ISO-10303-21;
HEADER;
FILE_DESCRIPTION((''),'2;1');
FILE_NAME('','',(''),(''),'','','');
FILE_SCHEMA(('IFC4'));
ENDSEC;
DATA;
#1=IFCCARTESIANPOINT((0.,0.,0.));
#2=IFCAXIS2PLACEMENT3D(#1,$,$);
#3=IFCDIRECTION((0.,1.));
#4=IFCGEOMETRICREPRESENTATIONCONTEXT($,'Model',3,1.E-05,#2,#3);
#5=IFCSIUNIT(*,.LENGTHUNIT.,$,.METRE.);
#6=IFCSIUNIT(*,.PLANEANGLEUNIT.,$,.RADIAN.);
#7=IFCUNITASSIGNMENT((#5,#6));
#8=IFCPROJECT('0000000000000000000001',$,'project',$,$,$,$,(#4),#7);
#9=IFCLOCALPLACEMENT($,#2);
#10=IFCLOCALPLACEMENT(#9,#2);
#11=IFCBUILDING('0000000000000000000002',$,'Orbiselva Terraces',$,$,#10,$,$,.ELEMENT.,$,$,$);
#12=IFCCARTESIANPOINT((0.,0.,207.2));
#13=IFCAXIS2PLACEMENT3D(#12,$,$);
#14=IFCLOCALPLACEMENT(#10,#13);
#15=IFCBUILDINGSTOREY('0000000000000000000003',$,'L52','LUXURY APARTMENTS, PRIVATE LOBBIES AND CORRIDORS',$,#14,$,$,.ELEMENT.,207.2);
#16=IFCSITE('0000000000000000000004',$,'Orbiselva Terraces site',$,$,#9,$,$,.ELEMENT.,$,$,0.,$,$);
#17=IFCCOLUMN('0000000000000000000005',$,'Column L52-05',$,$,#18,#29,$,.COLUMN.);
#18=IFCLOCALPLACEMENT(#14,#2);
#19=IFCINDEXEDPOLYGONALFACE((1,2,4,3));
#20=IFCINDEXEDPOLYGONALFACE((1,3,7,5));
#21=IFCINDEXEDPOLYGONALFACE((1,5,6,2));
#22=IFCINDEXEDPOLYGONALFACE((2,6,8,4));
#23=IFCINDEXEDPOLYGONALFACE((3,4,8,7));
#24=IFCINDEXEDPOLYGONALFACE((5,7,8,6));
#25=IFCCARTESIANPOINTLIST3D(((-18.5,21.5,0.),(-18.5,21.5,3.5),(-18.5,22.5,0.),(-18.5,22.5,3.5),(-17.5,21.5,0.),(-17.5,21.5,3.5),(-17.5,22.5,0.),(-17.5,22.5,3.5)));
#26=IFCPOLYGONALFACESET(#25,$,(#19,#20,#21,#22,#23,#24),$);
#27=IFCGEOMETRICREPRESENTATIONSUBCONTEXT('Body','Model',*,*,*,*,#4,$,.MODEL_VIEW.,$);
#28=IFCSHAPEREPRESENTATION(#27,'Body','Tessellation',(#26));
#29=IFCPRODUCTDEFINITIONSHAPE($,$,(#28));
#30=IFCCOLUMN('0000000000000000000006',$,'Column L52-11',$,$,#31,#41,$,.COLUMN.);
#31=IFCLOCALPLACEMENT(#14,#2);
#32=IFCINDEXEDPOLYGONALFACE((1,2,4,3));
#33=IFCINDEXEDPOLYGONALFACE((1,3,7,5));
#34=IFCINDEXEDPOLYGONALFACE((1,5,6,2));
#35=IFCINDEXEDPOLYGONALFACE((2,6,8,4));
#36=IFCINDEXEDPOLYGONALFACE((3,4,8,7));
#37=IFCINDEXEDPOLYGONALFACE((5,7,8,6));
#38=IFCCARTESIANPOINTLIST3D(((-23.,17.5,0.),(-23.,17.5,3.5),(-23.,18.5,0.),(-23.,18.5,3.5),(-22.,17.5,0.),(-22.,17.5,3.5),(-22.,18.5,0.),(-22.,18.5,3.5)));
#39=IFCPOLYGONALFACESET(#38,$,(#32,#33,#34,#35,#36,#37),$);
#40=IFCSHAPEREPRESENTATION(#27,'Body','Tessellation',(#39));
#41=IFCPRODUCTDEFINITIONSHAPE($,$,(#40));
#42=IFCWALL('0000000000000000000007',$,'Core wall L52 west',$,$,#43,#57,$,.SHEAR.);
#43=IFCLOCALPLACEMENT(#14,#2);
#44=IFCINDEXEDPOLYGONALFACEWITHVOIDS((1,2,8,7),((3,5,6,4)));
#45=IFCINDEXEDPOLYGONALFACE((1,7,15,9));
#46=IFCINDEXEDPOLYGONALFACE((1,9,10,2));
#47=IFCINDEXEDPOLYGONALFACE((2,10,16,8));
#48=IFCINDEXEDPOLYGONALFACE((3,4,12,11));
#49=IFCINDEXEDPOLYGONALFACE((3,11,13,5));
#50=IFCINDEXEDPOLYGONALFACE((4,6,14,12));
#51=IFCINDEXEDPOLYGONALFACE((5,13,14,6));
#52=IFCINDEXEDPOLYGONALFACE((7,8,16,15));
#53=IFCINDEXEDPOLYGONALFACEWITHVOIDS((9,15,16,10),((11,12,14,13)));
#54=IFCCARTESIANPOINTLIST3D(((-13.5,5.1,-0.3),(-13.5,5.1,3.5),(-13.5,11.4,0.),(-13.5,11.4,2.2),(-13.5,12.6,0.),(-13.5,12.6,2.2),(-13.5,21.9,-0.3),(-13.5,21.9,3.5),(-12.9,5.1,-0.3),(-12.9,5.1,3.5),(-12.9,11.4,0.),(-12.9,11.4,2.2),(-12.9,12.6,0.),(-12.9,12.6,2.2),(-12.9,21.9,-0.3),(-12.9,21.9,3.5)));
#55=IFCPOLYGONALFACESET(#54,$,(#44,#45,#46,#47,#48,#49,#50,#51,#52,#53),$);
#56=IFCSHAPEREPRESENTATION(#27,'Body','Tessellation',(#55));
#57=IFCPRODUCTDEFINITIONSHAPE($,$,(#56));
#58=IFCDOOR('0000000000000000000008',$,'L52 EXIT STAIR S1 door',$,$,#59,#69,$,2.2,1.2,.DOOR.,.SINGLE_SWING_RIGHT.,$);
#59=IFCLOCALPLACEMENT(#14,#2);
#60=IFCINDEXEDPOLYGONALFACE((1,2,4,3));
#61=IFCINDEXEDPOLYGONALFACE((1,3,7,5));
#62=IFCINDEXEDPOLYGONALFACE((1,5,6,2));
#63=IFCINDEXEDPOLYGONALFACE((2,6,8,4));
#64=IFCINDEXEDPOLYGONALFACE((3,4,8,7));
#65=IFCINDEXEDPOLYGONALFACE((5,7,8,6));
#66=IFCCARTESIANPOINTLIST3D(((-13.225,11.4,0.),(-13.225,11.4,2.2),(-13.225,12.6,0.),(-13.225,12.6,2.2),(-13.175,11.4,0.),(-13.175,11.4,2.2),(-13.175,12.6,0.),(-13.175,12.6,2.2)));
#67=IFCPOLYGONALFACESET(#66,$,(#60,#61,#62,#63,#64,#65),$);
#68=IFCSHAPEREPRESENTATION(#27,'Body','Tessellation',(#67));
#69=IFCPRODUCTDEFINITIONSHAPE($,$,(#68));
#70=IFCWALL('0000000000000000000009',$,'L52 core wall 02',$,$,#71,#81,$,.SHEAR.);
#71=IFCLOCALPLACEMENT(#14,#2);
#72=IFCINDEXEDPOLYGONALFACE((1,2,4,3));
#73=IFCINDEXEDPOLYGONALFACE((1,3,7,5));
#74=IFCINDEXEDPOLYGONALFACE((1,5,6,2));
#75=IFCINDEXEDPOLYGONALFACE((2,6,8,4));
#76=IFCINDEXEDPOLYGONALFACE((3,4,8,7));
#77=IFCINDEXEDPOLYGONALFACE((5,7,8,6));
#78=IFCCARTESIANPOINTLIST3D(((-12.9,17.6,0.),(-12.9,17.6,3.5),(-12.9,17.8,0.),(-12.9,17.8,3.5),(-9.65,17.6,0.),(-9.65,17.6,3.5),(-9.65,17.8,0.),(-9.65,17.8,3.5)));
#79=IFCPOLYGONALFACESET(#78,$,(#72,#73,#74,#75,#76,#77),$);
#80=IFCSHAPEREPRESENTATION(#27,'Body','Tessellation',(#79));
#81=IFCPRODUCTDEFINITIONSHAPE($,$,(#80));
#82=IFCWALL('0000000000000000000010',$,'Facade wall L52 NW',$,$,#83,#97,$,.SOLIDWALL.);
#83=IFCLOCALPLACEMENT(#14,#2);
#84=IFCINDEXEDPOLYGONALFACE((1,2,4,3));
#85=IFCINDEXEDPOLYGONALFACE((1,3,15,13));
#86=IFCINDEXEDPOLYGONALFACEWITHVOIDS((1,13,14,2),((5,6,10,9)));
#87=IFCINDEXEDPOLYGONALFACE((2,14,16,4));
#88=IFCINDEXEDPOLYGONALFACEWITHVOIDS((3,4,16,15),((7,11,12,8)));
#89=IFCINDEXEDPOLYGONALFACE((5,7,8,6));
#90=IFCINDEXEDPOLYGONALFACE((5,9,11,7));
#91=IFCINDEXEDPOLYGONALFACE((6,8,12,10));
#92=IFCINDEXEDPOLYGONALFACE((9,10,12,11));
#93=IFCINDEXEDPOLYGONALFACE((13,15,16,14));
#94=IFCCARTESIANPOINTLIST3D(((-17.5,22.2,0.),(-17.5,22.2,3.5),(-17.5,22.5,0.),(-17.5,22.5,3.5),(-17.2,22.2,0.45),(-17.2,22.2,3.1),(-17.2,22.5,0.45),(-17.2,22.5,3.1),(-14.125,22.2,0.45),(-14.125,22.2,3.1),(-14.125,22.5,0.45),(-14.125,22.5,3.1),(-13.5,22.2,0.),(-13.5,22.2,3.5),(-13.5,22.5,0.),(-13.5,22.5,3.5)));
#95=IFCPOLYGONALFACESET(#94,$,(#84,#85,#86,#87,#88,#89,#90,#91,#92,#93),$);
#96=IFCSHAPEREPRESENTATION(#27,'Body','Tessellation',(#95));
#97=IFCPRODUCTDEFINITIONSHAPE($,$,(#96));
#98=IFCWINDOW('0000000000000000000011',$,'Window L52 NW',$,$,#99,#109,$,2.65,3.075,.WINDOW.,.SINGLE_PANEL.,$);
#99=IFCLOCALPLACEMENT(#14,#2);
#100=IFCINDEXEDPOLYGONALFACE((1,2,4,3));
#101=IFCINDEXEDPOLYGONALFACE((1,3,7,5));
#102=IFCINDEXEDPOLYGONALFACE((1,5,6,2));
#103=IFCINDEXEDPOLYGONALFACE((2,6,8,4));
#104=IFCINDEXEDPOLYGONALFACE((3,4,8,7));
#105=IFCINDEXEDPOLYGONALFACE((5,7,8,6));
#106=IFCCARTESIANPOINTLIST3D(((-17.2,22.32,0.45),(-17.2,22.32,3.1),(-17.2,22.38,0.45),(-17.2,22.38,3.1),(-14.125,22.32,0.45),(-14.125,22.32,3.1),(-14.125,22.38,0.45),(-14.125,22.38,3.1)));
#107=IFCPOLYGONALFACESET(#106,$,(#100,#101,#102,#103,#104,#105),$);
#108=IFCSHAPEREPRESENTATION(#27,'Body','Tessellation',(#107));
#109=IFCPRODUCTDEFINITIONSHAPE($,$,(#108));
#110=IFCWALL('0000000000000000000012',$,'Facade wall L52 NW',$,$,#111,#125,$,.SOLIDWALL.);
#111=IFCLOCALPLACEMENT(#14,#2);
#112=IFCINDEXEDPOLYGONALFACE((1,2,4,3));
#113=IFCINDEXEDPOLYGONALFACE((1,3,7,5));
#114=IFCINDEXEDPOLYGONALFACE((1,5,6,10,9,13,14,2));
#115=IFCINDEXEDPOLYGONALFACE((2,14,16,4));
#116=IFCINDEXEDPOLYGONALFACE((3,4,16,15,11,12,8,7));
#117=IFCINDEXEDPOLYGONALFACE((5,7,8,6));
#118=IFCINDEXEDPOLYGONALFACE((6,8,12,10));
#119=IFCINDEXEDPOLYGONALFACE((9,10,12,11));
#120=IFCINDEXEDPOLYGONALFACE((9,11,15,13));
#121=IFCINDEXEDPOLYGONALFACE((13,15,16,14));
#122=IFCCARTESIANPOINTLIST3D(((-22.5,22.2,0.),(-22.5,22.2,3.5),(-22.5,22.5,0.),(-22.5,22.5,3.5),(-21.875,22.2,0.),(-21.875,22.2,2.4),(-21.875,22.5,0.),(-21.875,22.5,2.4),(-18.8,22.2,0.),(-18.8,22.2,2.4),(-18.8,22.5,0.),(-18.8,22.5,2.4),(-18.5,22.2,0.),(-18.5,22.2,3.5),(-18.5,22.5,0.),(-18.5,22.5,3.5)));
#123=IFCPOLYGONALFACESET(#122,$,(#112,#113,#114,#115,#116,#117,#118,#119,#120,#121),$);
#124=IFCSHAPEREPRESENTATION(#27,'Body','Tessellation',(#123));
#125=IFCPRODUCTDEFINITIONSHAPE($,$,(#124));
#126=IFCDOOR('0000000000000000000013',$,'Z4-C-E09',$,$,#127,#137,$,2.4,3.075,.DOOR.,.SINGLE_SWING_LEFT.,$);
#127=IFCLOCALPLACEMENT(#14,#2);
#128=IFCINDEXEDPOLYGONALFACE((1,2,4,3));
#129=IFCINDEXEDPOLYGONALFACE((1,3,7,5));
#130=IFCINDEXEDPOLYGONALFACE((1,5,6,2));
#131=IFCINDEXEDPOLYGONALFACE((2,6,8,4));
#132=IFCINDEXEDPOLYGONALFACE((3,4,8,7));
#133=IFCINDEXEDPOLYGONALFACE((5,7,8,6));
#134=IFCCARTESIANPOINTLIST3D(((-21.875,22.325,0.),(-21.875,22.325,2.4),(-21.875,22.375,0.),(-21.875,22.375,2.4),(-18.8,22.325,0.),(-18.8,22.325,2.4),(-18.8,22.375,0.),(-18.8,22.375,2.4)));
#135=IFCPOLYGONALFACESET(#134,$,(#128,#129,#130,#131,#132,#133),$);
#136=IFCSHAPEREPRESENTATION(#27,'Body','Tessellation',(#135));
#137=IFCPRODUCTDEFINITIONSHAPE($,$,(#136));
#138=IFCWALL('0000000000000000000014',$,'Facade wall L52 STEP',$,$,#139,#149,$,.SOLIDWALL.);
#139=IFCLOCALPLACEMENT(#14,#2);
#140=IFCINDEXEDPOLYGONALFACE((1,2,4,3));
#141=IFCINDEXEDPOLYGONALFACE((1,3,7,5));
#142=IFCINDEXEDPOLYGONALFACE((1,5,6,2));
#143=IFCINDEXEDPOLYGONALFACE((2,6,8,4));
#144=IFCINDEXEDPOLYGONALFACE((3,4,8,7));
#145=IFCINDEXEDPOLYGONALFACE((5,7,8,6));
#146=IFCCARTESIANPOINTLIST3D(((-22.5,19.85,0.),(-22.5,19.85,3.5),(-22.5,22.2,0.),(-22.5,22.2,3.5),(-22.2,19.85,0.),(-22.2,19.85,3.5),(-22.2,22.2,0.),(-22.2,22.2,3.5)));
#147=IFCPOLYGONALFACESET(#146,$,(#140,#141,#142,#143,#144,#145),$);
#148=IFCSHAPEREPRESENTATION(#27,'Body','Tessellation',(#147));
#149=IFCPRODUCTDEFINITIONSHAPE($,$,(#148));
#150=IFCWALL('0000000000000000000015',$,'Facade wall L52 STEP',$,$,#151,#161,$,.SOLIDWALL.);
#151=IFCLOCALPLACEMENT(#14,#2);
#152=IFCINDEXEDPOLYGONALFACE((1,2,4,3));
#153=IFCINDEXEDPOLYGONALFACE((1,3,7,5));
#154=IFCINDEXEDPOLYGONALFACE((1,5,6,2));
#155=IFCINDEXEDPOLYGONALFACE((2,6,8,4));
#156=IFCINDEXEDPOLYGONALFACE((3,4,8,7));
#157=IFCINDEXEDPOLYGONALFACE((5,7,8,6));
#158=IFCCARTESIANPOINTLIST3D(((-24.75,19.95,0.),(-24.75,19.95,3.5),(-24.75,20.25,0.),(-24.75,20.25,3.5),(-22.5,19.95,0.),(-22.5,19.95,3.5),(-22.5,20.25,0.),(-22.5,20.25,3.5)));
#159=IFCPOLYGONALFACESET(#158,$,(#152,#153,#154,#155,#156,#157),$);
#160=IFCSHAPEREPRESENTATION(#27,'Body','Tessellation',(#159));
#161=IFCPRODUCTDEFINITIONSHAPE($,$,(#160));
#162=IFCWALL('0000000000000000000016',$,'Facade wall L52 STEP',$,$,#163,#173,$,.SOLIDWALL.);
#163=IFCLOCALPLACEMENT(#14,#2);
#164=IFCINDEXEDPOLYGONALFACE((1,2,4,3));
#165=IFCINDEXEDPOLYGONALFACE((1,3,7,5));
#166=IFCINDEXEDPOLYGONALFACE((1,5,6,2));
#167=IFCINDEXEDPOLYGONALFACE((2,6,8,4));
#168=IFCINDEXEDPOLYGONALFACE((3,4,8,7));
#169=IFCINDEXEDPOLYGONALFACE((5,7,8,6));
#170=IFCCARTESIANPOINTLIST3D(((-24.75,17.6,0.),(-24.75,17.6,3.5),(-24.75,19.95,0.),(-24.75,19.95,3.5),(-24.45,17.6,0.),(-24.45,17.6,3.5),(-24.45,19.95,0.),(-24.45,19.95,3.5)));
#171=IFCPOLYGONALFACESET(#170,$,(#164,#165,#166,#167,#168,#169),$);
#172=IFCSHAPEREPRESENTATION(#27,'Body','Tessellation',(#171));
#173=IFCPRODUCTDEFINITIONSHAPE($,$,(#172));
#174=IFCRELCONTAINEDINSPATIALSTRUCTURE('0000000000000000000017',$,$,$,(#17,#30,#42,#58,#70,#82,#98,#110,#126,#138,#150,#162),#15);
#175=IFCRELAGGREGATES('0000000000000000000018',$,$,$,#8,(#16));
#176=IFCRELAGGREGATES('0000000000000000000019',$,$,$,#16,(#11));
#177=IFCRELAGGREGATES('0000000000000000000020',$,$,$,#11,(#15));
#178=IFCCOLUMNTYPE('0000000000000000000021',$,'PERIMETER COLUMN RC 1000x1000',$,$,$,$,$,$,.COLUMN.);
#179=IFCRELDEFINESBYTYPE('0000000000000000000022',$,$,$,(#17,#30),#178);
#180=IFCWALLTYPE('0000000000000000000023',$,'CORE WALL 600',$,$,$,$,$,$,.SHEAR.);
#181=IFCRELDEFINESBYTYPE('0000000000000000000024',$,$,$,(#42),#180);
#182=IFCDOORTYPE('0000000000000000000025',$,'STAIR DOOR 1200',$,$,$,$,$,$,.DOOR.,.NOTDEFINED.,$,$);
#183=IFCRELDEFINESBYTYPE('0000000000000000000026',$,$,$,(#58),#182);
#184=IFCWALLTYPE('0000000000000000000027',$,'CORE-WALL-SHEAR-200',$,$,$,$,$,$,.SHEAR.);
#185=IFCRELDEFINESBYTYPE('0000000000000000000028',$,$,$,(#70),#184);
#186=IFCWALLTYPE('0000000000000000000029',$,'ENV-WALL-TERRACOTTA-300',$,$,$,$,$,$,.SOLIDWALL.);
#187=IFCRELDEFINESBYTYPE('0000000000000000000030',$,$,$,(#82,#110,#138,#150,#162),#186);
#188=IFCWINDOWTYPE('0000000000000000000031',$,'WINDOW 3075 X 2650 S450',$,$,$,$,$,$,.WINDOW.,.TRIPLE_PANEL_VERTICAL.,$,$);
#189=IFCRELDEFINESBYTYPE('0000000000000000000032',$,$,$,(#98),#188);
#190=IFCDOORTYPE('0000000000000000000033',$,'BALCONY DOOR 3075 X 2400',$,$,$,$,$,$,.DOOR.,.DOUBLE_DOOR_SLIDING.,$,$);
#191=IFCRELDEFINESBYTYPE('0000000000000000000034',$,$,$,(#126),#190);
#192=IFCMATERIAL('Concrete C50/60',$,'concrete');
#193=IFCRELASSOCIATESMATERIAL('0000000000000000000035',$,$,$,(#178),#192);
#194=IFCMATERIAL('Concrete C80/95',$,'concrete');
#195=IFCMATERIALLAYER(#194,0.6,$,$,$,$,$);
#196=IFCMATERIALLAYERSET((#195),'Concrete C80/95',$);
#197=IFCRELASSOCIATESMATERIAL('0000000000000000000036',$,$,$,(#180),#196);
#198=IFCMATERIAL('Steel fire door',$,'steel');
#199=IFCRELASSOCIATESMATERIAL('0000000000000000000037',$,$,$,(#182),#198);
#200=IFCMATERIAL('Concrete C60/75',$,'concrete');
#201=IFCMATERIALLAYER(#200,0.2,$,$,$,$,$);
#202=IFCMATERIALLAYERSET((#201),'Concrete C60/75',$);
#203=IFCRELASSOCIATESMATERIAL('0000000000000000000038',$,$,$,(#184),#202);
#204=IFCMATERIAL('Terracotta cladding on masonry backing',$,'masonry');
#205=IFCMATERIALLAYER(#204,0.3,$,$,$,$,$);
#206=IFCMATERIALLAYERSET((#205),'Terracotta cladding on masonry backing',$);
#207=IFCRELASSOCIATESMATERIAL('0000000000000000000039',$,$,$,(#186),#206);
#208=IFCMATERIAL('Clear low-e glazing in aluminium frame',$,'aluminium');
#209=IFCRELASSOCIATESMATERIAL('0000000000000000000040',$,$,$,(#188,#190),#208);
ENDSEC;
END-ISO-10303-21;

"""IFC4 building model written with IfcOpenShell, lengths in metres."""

from ifc_helpers import new_model, si_unit, direction, frame, frame_2d, origin, origin_2d, place, context, subcontext, project, spatial, rectangle, extrude, material, layer, layer_set, material_profile, profile_set, type_object, element, fill, save


model = new_model("IFC4")

# Units and contexts
model_context = context("Model", 3, precision=1e-05, world=origin(), true_north=direction((0.0, 1.0)))
body_context = subcontext(model_context, "Body", "Model", "MODEL_VIEW")
ifc_project = project(units=[si_unit("LENGTHUNIT", "METRE"), si_unit("PLANEANGLEUNIT", "RADIAN")], contexts=[model_context])

# Site, building, storey
site_placement = place(None, origin())
site = spatial("IfcSite", under=ifc_project, at=site_placement, Name="Orbiselva Terraces site", CompositionType="ELEMENT", RefElevation=0.0)
building_placement = place(site_placement, origin())
building = spatial("IfcBuilding", under=site, at=building_placement, Name="Orbiselva Terraces", CompositionType="ELEMENT")
storey_placement = place(building_placement, frame((0.0, 0.0, 207.2)))
storey = spatial("IfcBuildingStorey", under=building, at=storey_placement, Name="L52", Description="LUXURY APARTMENTS, PRIVATE LOBBIES AND CORRIDORS", CompositionType="ELEMENT", Elevation=207.2)

# Columns
ifc_material_1 = material(Name="Concrete C50/60", Category="concrete")
ifc_material_profile = material_profile(ifc_material_1, rectangle(XDim=1.0, YDim=1.0, at=origin_2d()), Name="RC 1000x1000")
ifc_profile_set = profile_set([ifc_material_profile], Name="Concrete C50/60")
column_type = type_object("IfcColumnType", Name="PERIMETER COLUMN RC 1000x1000", PredefinedType="COLUMN", material=ifc_profile_set)
for number, where, z_axis, x_axis, name in (
    (1, (-18.0, 22.0, 0.0), (0.0, 0.0, 1.0), (1.0, 0.0, 0.0), "Column L52-05"),
    (2, (-22.5, 18.0, 0.0), (0.0, 0.0, 1.0), (1.0, 0.0, 0.0), "Column L52-11"),
):
    element("IfcColumn", number, at=place(storey_placement, frame(where, z_axis=z_axis, x_axis=x_axis)), inside=storey, type_object=column_type, Name=name, PredefinedType="COLUMN", context=body_context, shape_type="SweptSolid", body=[
        extrude(rectangle(XDim=1.0, YDim=1.0, at=origin_2d()), origin(), (0.0, 0.0, 1.0), 3.5),
    ])

# Wall, opening, door
ifc_material_2 = material(Name="Concrete C80/95", Category="concrete")
ifc_layer_1 = layer(ifc_material_2, 0.6)
ifc_layer_set_1 = layer_set([ifc_layer_1], Name="Concrete C80/95")
wall_type_1 = type_object("IfcWallType", Name="CORE WALL 600", PredefinedType="SHEAR", material=ifc_layer_set_1)
wall_1_placement = place(storey_placement, frame((-13.2, 21.9, -0.3), z_axis=(0.0, 0.0, 1.0), x_axis=(0.0, -1.0, 0.0)))
wall_1 = element("IfcWall", 3, at=wall_1_placement, inside=storey, type_object=wall_type_1, Name="Core wall L52 west", PredefinedType="SHEAR", context=body_context, shape_type="SweptSolid", body=[
    extrude(rectangle(XDim=16.8, YDim=0.6, at=frame_2d((8.4, 0.0))), origin(), (0.0, 0.0, 1.0), 3.8),
])
opening_1_placement = place(wall_1_placement, frame((9.3, 0.0, 0.3)))
opening_1 = element("IfcOpeningElement", 4, at=opening_1_placement, cuts=wall_1, PredefinedType="OPENING", context=body_context, shape_type="SweptSolid", body=[
    extrude(rectangle(XDim=1.2, YDim=2.2, at=frame_2d((0.6, 1.1))), frame((0.0, 0.31, 0.0), z_axis=(0.0, -1.0, 0.0), x_axis=(1.0, 0.0, 0.0)), (0.0, 0.0, 1.0), 0.62),
])
ifc_material_3 = material(Name="Steel fire door", Category="steel")
door_type_1 = type_object("IfcDoorType", Name="STAIR DOOR 1200", OperationType="NOTDEFINED", PredefinedType="DOOR", material=ifc_material_3)
door_1_placement = place(opening_1_placement, frame((1.2, 0.0, 0.0), z_axis=(0.0, 0.0, 1.0), x_axis=(-1.0, 0.0, 0.0)))
door_1 = element("IfcDoor", 5, at=door_1_placement, inside=storey, type_object=door_type_1, Name="L52 EXIT STAIR S1 door", OperationType="SINGLE_SWING_RIGHT", OverallHeight=2.2, OverallWidth=1.2, PredefinedType="DOOR", context=body_context, shape_type="SweptSolid", body=[
    extrude(rectangle(XDim=1.2, YDim=2.2, at=frame_2d((0.6, 1.1))), frame((0.0, 0.025, 0.0), z_axis=(0.0, -1.0, 0.0), x_axis=(1.0, 0.0, 0.0)), (0.0, 0.0, 1.0), 0.05),
])
fill(opening_1, door_1)

# Wall
ifc_material_4 = material(Name="Concrete C60/75", Category="concrete")
ifc_layer_2 = layer(ifc_material_4, 0.2)
ifc_layer_set_2 = layer_set([ifc_layer_2], Name="Concrete C60/75")
wall_type_2 = type_object("IfcWallType", Name="CORE-WALL-SHEAR-200", PredefinedType="SHEAR", material=ifc_layer_set_2)
wall_2_placement = place(storey_placement, frame((-12.9, 17.7, 0.0), z_axis=(0.0, 0.0, 1.0), x_axis=(1.0, 0.0, 0.0)))
element("IfcWall", 6, at=wall_2_placement, inside=storey, type_object=wall_type_2, Name="L52 core wall 02", PredefinedType="SHEAR", context=body_context, shape_type="SweptSolid", body=[
    extrude(rectangle(XDim=3.25, YDim=0.2, at=frame_2d((1.625, 0.0))), origin(), (0.0, 0.0, 1.0), 3.5),
])

# Wall, opening, window
ifc_material_5 = material(Name="Terracotta cladding on masonry backing", Category="masonry")
ifc_layer_3 = layer(ifc_material_5, 0.3)
ifc_layer_set_3 = layer_set([ifc_layer_3], Name="Terracotta cladding on masonry backing")
wall_type_3 = type_object("IfcWallType", Name="ENV-WALL-TERRACOTTA-300", PredefinedType="SOLIDWALL", material=ifc_layer_set_3)
wall_3_placement = place(storey_placement, frame((-17.5, 22.35, 0.0), z_axis=(0.0, 0.0, 1.0), x_axis=(1.0, 0.0, 0.0)))
wall_3 = element("IfcWall", 7, at=wall_3_placement, inside=storey, type_object=wall_type_3, Name="Facade wall L52 NW", PredefinedType="SOLIDWALL", context=body_context, shape_type="SweptSolid", body=[
    extrude(rectangle(XDim=4.0, YDim=0.3, at=frame_2d((2.0, 0.0))), origin(), (0.0, 0.0, 1.0), 3.5),
])
opening_2_placement = place(wall_3_placement, frame((0.3, 0.0, 0.45)))
opening_2 = element("IfcOpeningElement", 8, at=opening_2_placement, cuts=wall_3, PredefinedType="OPENING", context=body_context, shape_type="SweptSolid", body=[
    extrude(rectangle(XDim=3.075, YDim=2.65, at=frame_2d((1.5375, 1.325))), frame((0.0, 0.16, 0.0), z_axis=(0.0, -1.0, 0.0), x_axis=(1.0, 0.0, 0.0)), (0.0, 0.0, 1.0), 0.32),
])
ifc_material_6 = material(Name="Clear low-e glazing in aluminium frame", Category="aluminium")
window_type = type_object("IfcWindowType", Name="WINDOW 3075 X 2650 S450", PartitioningType="TRIPLE_PANEL_VERTICAL", PredefinedType="WINDOW", material=ifc_material_6)
window_placement = place(opening_2_placement, origin())
window = element("IfcWindow", 9, at=window_placement, inside=storey, type_object=window_type, Name="Window L52 NW", OverallHeight=2.65, OverallWidth=3.075, PartitioningType="SINGLE_PANEL", PredefinedType="WINDOW", context=body_context, shape_type="SweptSolid", body=[
    extrude(rectangle(XDim=3.075, YDim=2.65, at=frame_2d((1.5375, 1.325))), frame((0.0, 0.03, 0.0), z_axis=(0.0, -1.0, 0.0), x_axis=(1.0, 0.0, 0.0)), (0.0, 0.0, 1.0), 0.06),
])
fill(opening_2, window)

# Wall, opening, door
wall_4_placement = place(storey_placement, frame((-22.5, 22.35, 0.0), z_axis=(0.0, 0.0, 1.0), x_axis=(1.0, 0.0, 0.0)))
wall_4 = element("IfcWall", 10, at=wall_4_placement, inside=storey, type_object=wall_type_3, Name="Facade wall L52 NW", PredefinedType="SOLIDWALL", context=body_context, shape_type="SweptSolid", body=[
    extrude(rectangle(XDim=4.0, YDim=0.3, at=frame_2d((2.0, 0.0))), origin(), (0.0, 0.0, 1.0), 3.5),
])
opening_3_placement = place(wall_4_placement, frame((0.625, 0.0, 0.0)))
opening_3 = element("IfcOpeningElement", 11, at=opening_3_placement, cuts=wall_4, PredefinedType="OPENING", context=body_context, shape_type="SweptSolid", body=[
    extrude(rectangle(XDim=3.075, YDim=2.4, at=frame_2d((1.5375, 1.2))), frame((0.0, 0.16, 0.0), z_axis=(0.0, -1.0, 0.0), x_axis=(1.0, 0.0, 0.0)), (0.0, 0.0, 1.0), 0.32),
])
door_type_2 = type_object("IfcDoorType", Name="BALCONY DOOR 3075 X 2400", OperationType="DOUBLE_DOOR_SLIDING", PredefinedType="DOOR", material=ifc_material_6)
door_2_placement = place(opening_3_placement, origin())
door_2 = element("IfcDoor", 12, at=door_2_placement, inside=storey, type_object=door_type_2, Name="Z4-C-E09", OperationType="SINGLE_SWING_LEFT", OverallHeight=2.4, OverallWidth=3.075, PredefinedType="DOOR", context=body_context, shape_type="SweptSolid", body=[
    extrude(rectangle(XDim=3.075, YDim=2.4, at=frame_2d((1.5375, 1.2))), frame((0.0, 0.025, 0.0), z_axis=(0.0, -1.0, 0.0), x_axis=(1.0, 0.0, 0.0)), (0.0, 0.0, 1.0), 0.05),
])
fill(opening_3, door_2)

# Walls
wall_5_placement = place(storey_placement, frame((-22.35, 19.85, 0.0), z_axis=(0.0, 0.0, 1.0), x_axis=(0.0, 1.0, 0.0)))
element("IfcWall", 13, at=wall_5_placement, inside=storey, type_object=wall_type_3, Name="Facade wall L52 STEP", PredefinedType="SOLIDWALL", context=body_context, shape_type="SweptSolid", body=[
    extrude(rectangle(XDim=2.35, YDim=0.3, at=frame_2d((1.175, 0.0))), origin(), (0.0, 0.0, 1.0), 3.5),
])
wall_6_placement = place(storey_placement, frame((-24.75, 20.1, 0.0), z_axis=(0.0, 0.0, 1.0), x_axis=(1.0, 0.0, 0.0)))
element("IfcWall", 14, at=wall_6_placement, inside=storey, type_object=wall_type_3, Name="Facade wall L52 STEP", PredefinedType="SOLIDWALL", context=body_context, shape_type="SweptSolid", body=[
    extrude(rectangle(XDim=2.25, YDim=0.3, at=frame_2d((1.125, 0.0))), origin(), (0.0, 0.0, 1.0), 3.5),
])
wall_7_placement = place(storey_placement, frame((-24.6, 17.6, 0.0), z_axis=(0.0, 0.0, 1.0), x_axis=(0.0, 1.0, 0.0)))
element("IfcWall", 15, at=wall_7_placement, inside=storey, type_object=wall_type_3, Name="Facade wall L52 STEP", PredefinedType="SOLIDWALL", context=body_context, shape_type="SweptSolid", body=[
    extrude(rectangle(XDim=2.35, YDim=0.3, at=frame_2d((1.175, 0.0))), origin(), (0.0, 0.0, 1.0), 3.5),
])

save(model, "model.ifc")
